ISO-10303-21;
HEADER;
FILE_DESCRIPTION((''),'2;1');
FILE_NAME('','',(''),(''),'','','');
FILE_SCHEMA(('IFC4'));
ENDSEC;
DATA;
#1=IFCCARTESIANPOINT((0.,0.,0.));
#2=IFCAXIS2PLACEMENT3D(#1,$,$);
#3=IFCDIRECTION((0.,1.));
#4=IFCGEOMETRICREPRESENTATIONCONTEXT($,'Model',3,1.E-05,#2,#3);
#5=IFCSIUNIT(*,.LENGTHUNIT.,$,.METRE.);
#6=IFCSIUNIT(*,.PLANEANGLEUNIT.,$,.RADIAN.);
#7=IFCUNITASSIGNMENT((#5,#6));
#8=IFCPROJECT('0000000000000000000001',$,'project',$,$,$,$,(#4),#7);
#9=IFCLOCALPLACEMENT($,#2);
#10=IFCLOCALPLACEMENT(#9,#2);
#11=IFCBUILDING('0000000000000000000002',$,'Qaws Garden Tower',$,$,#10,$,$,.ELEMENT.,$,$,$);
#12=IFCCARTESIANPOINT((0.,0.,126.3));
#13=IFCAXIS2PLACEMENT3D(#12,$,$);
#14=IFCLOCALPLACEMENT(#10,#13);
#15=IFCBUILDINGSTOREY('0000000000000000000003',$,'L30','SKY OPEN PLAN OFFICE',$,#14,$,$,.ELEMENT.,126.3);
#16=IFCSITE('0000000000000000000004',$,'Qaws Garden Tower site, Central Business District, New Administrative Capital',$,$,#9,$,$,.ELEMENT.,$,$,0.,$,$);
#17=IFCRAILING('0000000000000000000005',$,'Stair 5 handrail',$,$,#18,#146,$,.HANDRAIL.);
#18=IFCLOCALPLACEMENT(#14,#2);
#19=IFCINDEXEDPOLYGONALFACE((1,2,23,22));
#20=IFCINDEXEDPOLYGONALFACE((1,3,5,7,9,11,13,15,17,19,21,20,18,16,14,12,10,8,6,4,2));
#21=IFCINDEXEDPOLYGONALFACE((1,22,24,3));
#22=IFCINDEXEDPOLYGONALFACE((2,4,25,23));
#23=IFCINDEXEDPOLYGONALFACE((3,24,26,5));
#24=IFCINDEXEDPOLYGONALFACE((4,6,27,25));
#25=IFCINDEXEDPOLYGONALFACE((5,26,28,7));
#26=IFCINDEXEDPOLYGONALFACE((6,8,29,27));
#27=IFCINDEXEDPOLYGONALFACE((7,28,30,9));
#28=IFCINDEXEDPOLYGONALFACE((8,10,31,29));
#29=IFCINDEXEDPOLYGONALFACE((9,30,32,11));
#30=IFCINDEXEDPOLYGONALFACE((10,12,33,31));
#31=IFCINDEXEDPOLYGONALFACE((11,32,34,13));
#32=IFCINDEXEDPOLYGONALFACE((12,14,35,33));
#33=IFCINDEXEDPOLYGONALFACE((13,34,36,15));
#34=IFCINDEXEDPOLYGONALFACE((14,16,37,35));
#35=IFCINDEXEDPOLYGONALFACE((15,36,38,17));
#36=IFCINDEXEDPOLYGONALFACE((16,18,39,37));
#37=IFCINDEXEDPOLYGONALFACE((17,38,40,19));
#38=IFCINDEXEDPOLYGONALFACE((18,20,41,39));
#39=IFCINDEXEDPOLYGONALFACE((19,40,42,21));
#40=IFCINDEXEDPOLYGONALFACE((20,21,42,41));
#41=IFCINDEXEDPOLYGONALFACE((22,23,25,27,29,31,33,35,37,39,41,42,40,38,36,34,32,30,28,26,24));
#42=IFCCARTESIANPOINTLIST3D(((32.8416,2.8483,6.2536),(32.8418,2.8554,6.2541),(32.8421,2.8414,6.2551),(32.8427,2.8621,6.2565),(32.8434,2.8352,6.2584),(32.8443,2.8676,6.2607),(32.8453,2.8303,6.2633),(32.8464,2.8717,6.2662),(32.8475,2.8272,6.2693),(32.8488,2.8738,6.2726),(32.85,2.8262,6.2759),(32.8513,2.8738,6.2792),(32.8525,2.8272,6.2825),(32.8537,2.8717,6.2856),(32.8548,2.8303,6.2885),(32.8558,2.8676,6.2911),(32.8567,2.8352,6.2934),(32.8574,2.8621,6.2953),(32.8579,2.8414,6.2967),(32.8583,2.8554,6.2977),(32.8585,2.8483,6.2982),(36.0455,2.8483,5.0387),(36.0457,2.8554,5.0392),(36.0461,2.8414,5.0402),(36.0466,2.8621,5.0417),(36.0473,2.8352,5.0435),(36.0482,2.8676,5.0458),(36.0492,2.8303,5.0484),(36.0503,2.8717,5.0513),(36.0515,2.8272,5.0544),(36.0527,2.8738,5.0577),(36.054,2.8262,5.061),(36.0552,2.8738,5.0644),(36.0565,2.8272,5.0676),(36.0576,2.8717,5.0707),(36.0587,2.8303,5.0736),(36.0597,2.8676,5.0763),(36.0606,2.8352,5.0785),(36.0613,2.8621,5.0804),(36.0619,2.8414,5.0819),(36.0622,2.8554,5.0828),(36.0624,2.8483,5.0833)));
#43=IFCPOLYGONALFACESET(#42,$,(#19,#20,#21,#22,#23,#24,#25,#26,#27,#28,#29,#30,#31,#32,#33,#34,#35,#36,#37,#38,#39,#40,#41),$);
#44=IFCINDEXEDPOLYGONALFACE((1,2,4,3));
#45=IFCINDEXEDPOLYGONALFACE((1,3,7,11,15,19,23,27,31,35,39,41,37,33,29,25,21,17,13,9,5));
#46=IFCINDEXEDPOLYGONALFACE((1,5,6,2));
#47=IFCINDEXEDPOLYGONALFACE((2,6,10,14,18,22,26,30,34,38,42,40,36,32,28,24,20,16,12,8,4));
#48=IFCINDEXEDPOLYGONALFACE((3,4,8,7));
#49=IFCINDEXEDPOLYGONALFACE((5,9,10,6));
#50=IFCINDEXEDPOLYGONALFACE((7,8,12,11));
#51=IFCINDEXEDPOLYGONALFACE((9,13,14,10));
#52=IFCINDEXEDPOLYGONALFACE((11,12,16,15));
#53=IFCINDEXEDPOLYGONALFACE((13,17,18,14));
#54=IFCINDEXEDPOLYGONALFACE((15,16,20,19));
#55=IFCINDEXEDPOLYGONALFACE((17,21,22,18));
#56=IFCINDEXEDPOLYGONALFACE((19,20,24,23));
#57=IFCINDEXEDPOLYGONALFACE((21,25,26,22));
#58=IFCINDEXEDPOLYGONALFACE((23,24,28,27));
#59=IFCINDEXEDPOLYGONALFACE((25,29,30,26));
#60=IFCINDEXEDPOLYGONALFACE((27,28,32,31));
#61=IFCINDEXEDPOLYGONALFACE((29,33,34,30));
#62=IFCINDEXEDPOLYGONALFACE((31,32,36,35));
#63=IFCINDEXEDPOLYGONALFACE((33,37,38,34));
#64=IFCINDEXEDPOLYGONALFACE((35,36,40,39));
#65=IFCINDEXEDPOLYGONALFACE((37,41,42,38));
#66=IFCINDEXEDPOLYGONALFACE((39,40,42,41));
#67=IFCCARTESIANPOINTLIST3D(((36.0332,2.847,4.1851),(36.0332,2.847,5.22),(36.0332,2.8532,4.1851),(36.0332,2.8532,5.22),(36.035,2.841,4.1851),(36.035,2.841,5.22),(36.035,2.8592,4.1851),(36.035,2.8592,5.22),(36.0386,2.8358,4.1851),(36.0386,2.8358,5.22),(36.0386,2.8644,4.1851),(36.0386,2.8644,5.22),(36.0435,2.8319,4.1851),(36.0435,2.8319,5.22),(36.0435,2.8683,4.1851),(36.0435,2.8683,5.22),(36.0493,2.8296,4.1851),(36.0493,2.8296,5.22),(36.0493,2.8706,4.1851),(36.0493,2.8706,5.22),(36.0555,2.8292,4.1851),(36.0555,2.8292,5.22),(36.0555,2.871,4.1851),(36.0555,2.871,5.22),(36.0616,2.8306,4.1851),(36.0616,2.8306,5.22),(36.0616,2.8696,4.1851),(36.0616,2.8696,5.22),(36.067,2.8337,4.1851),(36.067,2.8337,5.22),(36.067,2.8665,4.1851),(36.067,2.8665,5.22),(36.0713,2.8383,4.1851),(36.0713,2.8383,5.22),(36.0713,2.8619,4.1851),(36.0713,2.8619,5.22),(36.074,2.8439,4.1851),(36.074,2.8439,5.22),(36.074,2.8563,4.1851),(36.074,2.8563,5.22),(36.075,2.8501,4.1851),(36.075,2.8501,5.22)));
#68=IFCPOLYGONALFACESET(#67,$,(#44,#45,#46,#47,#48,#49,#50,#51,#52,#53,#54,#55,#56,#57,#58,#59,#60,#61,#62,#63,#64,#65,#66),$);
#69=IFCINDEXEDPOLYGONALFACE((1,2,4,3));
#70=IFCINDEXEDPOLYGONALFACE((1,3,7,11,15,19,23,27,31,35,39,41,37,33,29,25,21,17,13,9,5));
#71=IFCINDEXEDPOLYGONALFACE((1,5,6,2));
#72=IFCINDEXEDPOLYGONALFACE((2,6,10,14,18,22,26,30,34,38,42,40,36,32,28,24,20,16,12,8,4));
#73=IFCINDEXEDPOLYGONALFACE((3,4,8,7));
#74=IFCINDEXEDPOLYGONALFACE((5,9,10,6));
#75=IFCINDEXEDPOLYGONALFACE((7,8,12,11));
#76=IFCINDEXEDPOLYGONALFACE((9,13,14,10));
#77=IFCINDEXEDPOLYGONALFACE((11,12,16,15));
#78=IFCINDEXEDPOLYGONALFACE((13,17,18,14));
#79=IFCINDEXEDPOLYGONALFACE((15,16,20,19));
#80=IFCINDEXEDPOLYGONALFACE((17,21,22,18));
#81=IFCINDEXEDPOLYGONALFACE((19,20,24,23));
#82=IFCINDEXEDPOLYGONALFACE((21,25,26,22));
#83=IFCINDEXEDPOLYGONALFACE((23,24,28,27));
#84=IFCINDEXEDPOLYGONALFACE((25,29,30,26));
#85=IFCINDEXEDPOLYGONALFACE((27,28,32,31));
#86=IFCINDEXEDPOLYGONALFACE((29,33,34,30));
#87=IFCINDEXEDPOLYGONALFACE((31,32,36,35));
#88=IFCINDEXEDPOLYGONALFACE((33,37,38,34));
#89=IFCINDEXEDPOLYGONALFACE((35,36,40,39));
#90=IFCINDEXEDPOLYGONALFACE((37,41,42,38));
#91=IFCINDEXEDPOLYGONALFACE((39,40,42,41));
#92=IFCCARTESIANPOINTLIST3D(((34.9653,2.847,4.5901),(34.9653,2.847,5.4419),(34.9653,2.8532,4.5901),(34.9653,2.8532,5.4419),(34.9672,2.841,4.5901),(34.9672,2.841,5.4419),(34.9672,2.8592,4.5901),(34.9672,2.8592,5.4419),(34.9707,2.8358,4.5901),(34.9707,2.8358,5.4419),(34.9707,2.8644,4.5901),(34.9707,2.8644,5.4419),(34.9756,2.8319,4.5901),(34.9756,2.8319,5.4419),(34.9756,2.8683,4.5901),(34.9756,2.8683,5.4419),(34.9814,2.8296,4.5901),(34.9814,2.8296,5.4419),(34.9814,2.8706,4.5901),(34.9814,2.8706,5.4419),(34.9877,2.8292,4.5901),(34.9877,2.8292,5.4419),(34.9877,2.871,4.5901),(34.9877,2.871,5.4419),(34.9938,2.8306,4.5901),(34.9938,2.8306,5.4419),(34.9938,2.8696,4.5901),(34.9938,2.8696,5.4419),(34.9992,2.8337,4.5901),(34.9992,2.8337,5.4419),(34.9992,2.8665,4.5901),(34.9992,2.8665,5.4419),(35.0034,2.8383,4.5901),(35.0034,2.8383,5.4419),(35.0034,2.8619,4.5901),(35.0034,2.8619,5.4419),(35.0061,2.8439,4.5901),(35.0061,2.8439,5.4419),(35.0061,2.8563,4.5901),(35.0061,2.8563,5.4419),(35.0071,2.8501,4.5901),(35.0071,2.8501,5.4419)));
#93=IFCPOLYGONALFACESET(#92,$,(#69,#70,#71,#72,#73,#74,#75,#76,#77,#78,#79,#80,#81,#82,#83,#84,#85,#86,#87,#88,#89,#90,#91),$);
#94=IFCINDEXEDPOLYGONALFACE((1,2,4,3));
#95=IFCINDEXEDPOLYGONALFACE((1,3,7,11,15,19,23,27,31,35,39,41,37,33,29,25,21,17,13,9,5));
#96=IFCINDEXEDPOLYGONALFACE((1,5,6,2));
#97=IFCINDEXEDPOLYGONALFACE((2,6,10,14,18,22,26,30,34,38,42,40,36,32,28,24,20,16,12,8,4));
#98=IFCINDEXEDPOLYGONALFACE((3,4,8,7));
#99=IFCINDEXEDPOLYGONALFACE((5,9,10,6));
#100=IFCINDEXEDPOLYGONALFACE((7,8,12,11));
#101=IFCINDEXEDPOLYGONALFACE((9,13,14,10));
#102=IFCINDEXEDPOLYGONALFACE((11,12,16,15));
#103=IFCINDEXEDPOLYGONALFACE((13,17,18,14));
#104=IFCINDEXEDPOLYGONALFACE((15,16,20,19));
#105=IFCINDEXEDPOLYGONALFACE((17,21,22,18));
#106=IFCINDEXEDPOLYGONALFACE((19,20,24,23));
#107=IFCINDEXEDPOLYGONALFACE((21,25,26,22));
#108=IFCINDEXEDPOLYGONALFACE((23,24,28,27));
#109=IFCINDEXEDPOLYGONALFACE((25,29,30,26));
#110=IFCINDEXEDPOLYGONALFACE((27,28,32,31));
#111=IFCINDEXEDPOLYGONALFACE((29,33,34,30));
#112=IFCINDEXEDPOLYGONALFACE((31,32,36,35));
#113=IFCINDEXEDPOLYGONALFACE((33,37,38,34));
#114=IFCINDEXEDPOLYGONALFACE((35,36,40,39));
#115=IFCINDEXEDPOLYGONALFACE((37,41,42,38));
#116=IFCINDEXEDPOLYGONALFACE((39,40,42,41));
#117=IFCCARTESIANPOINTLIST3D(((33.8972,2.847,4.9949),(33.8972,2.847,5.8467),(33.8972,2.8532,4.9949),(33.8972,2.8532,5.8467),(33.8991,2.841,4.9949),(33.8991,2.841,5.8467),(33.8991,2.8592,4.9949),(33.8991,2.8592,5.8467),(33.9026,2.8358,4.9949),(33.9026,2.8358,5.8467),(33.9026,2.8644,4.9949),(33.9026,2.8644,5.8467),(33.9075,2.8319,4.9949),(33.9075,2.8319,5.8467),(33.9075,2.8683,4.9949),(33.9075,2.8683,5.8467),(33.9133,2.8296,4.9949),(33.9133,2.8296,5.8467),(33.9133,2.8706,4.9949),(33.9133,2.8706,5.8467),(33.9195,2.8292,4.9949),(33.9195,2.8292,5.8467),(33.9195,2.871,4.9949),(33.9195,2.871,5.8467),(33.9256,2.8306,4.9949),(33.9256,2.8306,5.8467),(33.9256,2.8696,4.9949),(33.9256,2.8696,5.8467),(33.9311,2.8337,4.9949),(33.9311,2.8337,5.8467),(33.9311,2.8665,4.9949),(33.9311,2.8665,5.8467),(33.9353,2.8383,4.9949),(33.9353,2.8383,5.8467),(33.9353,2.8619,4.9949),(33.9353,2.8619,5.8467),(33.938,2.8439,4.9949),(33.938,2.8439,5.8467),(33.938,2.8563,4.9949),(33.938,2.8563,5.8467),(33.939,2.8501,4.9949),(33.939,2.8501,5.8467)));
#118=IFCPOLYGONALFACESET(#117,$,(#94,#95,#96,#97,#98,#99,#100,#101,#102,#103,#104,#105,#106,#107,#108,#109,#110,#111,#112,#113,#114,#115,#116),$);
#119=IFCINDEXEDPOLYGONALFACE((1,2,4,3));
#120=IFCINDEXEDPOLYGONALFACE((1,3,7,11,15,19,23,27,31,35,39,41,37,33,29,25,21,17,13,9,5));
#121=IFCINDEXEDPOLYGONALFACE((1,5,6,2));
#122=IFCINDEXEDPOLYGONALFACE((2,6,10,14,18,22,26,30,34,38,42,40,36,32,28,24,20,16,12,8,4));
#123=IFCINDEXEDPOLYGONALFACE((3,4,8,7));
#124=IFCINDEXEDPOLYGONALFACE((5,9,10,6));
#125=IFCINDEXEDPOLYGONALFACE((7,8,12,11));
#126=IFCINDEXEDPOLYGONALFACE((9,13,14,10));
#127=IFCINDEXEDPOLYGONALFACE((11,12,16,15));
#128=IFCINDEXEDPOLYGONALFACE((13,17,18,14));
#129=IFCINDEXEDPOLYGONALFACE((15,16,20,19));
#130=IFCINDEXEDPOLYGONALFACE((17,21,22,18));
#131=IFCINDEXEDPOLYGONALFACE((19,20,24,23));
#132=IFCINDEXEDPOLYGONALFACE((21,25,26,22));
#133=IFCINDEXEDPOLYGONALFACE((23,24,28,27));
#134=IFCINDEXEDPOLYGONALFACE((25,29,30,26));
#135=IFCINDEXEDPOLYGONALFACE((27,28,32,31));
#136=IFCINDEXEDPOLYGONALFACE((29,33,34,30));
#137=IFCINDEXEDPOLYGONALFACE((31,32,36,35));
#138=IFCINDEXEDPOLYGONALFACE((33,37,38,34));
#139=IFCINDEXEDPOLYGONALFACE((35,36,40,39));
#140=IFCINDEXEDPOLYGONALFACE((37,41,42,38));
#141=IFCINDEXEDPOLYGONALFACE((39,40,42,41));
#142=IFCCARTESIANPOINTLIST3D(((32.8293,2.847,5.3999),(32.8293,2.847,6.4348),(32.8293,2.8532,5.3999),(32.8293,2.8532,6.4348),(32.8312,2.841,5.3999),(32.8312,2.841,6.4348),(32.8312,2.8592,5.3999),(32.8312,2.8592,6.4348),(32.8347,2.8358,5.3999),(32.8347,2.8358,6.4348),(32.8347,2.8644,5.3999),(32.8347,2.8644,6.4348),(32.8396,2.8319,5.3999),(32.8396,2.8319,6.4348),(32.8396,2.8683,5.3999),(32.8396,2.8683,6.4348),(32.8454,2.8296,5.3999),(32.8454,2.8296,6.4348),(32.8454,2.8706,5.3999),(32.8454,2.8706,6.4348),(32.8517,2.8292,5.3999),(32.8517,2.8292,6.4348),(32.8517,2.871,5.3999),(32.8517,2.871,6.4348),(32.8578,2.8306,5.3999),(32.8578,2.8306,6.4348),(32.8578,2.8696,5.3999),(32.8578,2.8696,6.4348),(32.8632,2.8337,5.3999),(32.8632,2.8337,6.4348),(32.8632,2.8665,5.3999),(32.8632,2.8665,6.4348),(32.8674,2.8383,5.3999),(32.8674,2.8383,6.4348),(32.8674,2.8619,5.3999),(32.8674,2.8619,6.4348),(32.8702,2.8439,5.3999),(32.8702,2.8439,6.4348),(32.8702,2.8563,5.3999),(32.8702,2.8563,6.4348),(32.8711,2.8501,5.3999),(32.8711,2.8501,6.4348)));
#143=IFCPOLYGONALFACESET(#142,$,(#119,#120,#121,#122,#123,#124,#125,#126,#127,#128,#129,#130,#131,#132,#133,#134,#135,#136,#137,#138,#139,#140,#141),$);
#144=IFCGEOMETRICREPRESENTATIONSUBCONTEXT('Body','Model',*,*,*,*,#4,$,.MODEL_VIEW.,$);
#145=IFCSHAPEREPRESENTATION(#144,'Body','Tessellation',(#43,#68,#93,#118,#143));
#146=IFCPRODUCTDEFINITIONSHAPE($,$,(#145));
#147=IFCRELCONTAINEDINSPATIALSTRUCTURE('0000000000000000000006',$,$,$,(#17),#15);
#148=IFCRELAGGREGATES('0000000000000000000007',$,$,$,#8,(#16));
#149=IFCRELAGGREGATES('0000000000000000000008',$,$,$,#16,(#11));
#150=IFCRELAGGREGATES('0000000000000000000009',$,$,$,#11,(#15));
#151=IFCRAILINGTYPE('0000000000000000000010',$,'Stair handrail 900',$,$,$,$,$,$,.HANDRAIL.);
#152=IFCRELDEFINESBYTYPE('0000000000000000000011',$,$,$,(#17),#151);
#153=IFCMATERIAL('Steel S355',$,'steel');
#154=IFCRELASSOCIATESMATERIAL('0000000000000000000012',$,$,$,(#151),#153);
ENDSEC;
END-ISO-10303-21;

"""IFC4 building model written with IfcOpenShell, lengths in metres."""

from ifc_helpers import new_model, si_unit, direction, frame, origin, origin_2d, place, context, subcontext, project, spatial, circle, extrude, material, type_object, element, save


model = new_model("IFC4")

# Units and contexts
model_context = context("Model", 3, precision=1e-05, world=origin(), true_north=direction((0.0, 1.0)))
body_context = subcontext(model_context, "Body", "Model", "MODEL_VIEW")
ifc_project = project(units=[si_unit("LENGTHUNIT", "METRE"), si_unit("PLANEANGLEUNIT", "RADIAN")], contexts=[model_context])

# Site, building, storey
site_placement = place(None, origin())
site = spatial("IfcSite", under=ifc_project, at=site_placement, Name="Qaws Garden Tower site, Central Business District, New Administrative Capital", CompositionType="ELEMENT", RefElevation=0.0)
building_placement = place(site_placement, origin())
building = spatial("IfcBuilding", under=site, at=building_placement, Name="Qaws Garden Tower", CompositionType="ELEMENT")
storey_placement = place(building_placement, frame((0.0, 0.0, 126.3)))
storey = spatial("IfcBuildingStorey", under=building, at=storey_placement, Name="L30", Description="SKY OPEN PLAN OFFICE", CompositionType="ELEMENT", Elevation=126.3)

# Railing
ifc_material_1 = material(Name="Steel S355", Category="steel")
railing_type = type_object("IfcRailingType", Name="Stair handrail 900", PredefinedType="HANDRAIL", material=ifc_material_1)
railing_1_placement = place(storey_placement, frame((36.054, 2.8501, 4.1851)))
element("IfcRailing", 1, at=railing_1_placement, inside=storey, type_object=railing_type, Name="Stair 5 handrail", PredefinedType="HANDRAIL", context=body_context, shape_type="SweptSolid", body=[
    extrude(circle(Radius=0.0239, at=origin_2d()), frame((0.0, 0.0, 0.876), z_axis=(-0.935037, 0.0, 0.354549), x_axis=(0.0, -1.0, 0.0)), (0.0, 0.0, 1.0), 3.4265),
    extrude(circle(Radius=0.021, at=origin_2d()), origin(), (0.0, 0.0, 1.0), 1.0349),
    extrude(circle(Radius=0.021, at=origin_2d()), frame((-1.0679, 0.0, 0.405)), (0.0, 0.0, 1.0), 0.8518),
    extrude(circle(Radius=0.021, at=origin_2d()), frame((-2.136, 0.0, 0.8098)), (0.0, 0.0, 1.0), 0.8518),
    extrude(circle(Radius=0.021, at=origin_2d()), frame((-3.2039, 0.0, 1.2148)), (0.0, 0.0, 1.0), 1.0349),
])

save(model, "model.ifc")
